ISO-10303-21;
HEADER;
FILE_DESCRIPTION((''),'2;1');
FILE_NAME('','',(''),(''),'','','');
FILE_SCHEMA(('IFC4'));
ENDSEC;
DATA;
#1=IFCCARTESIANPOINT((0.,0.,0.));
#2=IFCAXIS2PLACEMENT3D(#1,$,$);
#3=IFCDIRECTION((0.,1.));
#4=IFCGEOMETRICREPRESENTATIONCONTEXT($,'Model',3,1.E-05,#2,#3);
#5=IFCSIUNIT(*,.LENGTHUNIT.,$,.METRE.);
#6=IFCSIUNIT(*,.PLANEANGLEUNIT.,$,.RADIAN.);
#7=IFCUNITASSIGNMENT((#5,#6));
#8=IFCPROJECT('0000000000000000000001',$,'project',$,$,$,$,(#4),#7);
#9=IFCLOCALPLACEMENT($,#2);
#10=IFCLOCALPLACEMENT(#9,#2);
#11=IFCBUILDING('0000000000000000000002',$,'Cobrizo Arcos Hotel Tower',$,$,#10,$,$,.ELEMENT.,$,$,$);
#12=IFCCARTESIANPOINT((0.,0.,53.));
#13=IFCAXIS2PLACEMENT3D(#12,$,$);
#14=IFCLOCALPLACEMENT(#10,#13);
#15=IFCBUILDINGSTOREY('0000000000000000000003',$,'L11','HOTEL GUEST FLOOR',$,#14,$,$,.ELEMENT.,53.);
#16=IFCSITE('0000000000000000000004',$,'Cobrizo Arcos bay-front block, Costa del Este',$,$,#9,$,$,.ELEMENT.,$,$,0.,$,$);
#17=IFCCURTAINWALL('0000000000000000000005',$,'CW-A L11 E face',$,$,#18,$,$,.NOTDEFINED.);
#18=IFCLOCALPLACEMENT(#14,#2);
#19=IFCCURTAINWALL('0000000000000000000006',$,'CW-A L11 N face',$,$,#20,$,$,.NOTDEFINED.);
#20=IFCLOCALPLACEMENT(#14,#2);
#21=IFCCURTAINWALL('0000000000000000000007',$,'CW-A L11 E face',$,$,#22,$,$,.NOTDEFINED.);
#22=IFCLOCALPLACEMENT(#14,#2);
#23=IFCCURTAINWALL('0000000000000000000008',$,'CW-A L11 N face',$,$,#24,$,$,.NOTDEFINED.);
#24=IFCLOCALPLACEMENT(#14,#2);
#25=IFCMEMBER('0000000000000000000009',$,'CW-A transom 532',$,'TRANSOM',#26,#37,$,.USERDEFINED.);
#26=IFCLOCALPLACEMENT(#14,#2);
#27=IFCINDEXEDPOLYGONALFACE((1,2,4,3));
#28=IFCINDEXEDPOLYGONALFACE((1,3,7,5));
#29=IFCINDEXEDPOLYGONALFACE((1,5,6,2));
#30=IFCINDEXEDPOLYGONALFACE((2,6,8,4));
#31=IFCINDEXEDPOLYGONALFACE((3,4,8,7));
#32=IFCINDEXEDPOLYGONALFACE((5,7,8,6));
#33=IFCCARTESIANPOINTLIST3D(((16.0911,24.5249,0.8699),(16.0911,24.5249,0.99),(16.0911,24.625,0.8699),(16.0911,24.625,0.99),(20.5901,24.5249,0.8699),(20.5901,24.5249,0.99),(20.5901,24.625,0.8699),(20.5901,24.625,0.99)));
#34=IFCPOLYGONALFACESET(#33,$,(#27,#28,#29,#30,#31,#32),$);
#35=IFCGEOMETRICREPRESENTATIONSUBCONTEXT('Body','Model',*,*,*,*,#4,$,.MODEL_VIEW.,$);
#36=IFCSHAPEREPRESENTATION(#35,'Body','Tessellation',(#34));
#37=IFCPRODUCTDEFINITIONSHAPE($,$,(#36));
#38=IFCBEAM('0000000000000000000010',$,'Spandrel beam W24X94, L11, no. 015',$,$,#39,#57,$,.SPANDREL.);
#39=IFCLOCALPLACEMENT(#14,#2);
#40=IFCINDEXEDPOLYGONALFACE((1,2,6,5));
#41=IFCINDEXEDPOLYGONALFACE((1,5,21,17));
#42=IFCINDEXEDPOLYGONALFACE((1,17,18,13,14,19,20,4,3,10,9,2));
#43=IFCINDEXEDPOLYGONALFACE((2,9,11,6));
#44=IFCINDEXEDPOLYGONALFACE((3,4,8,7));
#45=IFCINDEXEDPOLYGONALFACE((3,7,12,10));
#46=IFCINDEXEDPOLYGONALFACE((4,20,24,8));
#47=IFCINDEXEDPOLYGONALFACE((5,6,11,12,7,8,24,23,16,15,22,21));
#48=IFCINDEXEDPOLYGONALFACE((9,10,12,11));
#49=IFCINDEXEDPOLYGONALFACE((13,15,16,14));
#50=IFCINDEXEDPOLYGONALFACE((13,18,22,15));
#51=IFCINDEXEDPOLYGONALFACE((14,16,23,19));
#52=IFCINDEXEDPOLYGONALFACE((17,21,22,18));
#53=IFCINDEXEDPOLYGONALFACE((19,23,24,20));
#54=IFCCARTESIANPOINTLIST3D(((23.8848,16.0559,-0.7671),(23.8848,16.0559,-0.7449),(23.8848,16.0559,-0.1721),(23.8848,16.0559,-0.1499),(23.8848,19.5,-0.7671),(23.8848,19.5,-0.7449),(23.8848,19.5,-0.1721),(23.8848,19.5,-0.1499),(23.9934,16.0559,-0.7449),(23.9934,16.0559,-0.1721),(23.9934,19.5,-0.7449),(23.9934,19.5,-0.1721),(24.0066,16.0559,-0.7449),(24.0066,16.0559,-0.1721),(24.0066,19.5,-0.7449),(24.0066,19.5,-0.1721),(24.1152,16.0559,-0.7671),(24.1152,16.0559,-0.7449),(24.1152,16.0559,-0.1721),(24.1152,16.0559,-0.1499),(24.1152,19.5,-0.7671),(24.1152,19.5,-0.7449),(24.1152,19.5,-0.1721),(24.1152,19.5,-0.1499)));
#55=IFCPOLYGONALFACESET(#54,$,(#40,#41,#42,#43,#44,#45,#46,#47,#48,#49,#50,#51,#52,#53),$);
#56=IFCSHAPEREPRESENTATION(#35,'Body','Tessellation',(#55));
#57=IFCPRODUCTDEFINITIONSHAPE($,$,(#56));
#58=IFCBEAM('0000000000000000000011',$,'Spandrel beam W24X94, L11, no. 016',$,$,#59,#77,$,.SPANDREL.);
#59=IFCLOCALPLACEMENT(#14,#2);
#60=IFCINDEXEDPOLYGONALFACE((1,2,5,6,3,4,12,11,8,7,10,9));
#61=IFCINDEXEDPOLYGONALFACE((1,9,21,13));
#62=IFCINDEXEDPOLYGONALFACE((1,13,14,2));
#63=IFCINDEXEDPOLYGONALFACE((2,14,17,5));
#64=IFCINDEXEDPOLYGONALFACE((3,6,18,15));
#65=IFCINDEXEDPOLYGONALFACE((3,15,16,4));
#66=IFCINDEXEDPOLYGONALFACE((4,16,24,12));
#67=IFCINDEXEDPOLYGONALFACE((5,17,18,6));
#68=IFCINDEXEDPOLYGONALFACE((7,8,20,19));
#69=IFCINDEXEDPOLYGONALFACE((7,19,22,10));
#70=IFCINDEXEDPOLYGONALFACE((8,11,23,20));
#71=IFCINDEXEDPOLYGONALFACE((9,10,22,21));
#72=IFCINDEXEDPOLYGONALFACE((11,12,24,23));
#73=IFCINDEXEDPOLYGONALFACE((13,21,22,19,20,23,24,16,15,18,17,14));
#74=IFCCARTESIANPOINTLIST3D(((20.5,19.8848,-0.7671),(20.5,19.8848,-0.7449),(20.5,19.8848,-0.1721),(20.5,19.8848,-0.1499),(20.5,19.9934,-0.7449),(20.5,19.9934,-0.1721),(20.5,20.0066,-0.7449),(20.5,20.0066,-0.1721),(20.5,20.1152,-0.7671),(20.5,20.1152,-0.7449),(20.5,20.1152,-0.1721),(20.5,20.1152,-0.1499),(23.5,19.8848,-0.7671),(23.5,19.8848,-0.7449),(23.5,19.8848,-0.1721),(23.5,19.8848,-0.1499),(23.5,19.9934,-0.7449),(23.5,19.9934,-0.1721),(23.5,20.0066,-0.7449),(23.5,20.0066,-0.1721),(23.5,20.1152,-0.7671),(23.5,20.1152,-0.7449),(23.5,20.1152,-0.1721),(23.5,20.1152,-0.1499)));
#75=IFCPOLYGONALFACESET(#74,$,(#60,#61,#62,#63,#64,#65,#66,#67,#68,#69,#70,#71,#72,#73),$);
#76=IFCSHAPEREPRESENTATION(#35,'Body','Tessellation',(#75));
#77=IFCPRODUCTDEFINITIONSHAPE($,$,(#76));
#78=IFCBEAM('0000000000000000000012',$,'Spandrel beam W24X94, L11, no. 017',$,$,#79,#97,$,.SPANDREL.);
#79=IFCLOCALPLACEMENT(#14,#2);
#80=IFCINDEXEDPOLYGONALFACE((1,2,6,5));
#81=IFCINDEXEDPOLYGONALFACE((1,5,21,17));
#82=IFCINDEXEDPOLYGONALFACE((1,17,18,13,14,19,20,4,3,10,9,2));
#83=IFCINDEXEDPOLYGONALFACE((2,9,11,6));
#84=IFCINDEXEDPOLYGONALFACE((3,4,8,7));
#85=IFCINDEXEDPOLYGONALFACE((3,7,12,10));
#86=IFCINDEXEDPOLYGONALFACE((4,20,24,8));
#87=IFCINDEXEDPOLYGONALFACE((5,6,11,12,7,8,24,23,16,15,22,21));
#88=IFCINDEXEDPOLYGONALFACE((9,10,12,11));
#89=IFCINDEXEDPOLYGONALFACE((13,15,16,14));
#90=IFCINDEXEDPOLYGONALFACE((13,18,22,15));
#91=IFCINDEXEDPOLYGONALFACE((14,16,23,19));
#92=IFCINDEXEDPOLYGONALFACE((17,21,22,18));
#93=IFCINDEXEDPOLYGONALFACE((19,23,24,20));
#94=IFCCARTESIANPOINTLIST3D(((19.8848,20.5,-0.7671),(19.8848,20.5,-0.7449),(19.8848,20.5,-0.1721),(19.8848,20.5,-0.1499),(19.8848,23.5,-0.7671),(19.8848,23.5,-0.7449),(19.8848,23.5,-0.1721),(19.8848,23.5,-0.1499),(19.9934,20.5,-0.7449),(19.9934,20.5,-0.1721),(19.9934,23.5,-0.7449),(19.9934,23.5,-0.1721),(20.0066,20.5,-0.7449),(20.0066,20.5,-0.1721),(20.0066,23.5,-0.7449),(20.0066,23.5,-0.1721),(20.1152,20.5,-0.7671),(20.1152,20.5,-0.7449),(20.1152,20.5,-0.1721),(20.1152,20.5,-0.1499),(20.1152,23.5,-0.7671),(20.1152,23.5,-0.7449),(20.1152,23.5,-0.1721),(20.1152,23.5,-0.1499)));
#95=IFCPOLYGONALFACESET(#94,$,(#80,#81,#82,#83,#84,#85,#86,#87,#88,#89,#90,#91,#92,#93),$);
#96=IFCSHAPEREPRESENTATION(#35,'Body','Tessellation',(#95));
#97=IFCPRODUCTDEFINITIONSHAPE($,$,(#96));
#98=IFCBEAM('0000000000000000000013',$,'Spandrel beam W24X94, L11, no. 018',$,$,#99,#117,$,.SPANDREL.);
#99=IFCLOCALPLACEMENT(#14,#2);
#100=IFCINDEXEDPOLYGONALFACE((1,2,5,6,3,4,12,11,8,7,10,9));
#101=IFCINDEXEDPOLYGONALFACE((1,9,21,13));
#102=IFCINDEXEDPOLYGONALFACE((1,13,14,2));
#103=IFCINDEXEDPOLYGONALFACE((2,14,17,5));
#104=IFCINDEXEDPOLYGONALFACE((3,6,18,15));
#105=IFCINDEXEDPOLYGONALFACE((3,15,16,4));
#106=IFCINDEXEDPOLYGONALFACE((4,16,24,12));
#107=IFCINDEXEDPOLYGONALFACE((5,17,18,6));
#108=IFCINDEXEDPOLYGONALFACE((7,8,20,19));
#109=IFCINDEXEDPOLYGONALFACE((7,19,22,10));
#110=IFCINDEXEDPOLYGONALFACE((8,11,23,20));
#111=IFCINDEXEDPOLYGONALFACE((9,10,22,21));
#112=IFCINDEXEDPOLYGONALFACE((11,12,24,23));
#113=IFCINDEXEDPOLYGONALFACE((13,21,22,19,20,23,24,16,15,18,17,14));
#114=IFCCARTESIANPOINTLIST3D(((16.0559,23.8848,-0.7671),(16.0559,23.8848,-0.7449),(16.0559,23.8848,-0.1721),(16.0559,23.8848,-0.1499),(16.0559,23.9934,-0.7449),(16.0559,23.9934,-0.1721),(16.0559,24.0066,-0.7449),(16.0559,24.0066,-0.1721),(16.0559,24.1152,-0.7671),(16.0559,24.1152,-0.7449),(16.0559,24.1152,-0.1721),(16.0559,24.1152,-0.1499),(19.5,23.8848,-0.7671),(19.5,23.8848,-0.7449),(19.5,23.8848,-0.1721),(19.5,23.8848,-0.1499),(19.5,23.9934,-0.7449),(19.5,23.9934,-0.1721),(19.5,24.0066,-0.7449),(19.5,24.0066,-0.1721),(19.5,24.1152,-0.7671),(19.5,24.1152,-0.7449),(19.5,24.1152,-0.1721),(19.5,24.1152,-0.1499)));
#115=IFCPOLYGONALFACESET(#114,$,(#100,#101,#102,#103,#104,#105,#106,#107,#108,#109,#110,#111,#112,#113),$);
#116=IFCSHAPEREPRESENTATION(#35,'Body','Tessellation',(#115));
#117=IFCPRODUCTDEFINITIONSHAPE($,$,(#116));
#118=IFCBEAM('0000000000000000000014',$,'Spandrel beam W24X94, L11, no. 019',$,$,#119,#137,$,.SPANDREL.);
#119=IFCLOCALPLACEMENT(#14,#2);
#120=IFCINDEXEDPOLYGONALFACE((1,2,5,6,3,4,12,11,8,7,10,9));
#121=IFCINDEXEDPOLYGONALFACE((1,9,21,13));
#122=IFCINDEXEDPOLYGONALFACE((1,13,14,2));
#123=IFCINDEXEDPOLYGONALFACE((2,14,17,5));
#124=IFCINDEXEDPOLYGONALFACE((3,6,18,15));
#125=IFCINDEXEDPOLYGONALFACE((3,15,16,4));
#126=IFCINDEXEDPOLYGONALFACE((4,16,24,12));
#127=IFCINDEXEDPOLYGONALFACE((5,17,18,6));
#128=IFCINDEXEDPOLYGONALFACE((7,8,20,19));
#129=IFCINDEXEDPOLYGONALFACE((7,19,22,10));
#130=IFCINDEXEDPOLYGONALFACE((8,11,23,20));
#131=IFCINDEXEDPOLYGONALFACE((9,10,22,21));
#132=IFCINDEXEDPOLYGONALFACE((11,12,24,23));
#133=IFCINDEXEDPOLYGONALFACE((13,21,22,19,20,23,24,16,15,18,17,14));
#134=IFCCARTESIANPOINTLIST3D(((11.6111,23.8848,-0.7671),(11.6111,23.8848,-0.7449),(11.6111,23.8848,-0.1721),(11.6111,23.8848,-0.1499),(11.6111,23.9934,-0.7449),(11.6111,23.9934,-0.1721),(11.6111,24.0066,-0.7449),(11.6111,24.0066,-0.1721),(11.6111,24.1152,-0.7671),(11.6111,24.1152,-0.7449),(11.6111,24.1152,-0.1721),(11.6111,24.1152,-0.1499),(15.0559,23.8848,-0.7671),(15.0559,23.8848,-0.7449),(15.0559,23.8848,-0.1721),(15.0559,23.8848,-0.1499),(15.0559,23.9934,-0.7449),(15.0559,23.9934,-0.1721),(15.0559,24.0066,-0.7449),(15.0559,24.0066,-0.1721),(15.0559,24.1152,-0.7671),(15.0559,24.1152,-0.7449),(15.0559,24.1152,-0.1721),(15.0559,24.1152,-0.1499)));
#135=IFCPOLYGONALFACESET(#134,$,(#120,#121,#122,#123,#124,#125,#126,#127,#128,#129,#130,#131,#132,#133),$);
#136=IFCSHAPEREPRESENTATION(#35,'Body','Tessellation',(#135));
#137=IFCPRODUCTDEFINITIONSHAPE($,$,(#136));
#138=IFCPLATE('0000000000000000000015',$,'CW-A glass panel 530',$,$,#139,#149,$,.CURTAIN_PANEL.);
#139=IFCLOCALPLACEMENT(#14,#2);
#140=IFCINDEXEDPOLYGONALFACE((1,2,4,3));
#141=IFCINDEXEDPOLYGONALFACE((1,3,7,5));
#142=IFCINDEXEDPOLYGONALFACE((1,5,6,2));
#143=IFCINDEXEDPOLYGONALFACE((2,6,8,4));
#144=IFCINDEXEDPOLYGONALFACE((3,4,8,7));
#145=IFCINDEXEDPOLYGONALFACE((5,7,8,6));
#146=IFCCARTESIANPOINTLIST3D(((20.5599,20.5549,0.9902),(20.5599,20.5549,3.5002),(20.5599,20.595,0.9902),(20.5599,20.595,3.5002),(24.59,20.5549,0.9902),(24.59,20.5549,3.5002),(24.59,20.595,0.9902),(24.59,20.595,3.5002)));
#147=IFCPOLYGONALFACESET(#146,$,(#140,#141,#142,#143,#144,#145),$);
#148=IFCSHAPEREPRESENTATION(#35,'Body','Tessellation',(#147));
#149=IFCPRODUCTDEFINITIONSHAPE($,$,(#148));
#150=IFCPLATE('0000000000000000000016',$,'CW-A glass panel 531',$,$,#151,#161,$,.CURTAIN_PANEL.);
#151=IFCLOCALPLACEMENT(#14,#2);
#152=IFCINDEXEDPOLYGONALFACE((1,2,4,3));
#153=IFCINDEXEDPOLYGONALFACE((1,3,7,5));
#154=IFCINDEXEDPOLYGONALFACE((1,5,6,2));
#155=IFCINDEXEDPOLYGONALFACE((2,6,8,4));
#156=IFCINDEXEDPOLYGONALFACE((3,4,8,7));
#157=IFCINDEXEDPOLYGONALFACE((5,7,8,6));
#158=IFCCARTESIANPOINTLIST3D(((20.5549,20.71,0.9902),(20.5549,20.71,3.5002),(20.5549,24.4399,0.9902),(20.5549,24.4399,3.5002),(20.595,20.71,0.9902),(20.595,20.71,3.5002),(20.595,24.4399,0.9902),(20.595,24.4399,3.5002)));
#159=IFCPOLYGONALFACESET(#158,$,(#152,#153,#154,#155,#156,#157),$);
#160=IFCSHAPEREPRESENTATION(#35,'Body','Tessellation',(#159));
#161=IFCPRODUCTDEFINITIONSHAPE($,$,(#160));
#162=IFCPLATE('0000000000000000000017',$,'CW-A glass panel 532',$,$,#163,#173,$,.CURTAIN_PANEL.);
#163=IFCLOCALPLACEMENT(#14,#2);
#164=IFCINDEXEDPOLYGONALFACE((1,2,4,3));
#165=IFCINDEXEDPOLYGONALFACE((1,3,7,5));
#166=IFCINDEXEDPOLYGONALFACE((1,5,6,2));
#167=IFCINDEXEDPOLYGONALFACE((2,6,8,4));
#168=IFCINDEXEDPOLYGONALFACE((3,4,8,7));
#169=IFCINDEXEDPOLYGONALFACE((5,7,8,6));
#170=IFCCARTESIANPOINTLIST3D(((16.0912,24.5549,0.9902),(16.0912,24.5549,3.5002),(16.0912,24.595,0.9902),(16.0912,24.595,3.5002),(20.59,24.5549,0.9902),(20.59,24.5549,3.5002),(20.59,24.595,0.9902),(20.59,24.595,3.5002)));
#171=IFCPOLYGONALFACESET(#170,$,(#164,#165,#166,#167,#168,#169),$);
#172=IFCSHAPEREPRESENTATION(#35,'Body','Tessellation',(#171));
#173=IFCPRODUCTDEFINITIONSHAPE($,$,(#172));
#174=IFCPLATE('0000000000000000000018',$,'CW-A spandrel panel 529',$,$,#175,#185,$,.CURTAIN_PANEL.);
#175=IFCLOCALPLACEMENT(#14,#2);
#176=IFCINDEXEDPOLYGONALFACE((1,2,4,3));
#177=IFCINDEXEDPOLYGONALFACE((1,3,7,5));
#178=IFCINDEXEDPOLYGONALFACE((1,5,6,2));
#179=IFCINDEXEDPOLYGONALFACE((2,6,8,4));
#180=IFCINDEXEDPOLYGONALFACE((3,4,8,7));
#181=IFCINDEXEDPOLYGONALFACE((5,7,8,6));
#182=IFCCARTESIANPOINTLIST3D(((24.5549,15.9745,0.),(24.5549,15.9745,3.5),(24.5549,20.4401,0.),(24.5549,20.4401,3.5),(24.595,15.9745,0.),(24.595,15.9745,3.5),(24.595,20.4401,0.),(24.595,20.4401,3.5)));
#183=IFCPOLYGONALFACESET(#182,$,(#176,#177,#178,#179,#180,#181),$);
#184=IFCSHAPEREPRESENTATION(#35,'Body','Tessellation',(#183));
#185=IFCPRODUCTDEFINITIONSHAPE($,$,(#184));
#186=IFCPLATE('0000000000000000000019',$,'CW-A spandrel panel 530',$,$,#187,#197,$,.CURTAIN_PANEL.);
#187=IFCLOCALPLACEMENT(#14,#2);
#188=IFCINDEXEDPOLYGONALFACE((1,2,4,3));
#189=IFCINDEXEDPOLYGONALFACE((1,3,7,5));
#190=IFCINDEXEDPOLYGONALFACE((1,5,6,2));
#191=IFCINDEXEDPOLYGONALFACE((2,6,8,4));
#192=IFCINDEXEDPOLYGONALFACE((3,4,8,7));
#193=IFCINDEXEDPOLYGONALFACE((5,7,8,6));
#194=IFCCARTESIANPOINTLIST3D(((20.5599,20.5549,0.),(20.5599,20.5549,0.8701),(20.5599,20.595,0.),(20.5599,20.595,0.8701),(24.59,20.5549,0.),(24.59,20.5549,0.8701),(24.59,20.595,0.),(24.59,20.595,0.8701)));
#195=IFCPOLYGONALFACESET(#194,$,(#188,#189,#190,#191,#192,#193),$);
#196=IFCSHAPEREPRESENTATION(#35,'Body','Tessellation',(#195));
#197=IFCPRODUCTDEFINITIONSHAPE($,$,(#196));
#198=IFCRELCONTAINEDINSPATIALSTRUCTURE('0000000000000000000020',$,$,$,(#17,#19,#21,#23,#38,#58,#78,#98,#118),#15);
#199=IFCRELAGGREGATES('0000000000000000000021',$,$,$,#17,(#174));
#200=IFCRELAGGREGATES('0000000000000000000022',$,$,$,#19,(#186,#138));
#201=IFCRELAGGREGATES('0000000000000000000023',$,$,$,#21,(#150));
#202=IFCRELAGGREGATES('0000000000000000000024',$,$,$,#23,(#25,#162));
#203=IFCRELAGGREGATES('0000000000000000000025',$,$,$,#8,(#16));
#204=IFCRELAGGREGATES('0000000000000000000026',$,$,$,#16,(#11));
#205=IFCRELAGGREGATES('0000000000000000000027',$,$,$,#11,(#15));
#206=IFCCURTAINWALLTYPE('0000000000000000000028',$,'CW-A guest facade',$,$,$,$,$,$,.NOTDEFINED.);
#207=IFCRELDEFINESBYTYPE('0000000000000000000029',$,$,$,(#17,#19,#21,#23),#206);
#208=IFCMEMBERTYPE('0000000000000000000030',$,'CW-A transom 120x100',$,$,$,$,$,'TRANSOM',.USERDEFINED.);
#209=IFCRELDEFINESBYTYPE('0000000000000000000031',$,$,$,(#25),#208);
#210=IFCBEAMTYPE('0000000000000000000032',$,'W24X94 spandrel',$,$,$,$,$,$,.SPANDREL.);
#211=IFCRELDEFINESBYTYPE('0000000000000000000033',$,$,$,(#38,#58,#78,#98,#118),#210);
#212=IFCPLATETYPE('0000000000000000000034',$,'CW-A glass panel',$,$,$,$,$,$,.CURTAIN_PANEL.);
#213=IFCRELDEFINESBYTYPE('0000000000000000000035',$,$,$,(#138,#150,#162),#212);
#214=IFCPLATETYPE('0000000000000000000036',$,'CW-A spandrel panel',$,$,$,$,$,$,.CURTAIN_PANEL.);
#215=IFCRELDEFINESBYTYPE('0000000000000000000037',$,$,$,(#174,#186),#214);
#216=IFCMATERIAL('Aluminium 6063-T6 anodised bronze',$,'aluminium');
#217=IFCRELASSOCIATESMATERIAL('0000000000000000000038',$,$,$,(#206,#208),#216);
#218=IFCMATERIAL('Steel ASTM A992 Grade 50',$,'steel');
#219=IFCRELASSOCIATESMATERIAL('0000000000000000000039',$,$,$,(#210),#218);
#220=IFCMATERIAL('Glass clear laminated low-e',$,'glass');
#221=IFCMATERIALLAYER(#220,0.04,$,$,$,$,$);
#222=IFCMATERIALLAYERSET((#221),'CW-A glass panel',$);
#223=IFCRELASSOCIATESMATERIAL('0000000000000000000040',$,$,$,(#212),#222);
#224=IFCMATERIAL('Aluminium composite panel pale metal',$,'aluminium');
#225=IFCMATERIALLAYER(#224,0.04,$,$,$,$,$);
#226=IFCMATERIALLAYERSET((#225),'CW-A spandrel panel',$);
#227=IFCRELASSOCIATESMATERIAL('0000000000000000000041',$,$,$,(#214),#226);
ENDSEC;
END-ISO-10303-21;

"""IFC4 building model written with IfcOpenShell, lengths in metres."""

from ifc_helpers import new_model, si_unit, direction, frame, origin, origin_2d, place, context, subcontext, project, spatial, rectangle, i_section, extrude, material, layer, layer_set, material_profile, profile_set, type_object, element, aggregate, save


model = new_model("IFC4")

# Units and contexts
model_context = context("Model", 3, precision=1e-05, world=origin(), true_north=direction((0.0, 1.0)))
body_context = subcontext(model_context, "Body", "Model", "MODEL_VIEW")
ifc_project = project(units=[si_unit("LENGTHUNIT", "METRE"), si_unit("PLANEANGLEUNIT", "RADIAN")], contexts=[model_context])

# Site, building, storey
site_placement = place(None, origin())
site = spatial("IfcSite", under=ifc_project, at=site_placement, Name="Cobrizo Arcos bay-front block, Costa del Este", CompositionType="ELEMENT", RefElevation=0.0)
building_placement = place(site_placement, origin())
building = spatial("IfcBuilding", under=site, at=building_placement, Name="Cobrizo Arcos Hotel Tower", CompositionType="ELEMENT")
storey_placement = place(building_placement, frame((0.0, 0.0, 53.0)))
storey = spatial("IfcBuildingStorey", under=building, at=storey_placement, Name="L11", Description="HOTEL GUEST FLOOR", CompositionType="ELEMENT", Elevation=53.0)

# Curtain walls
ifc_material_1 = material(Name="Aluminium 6063-T6 anodised bronze", Category="aluminium")
curtain_wall_type = type_object("IfcCurtainWallType", Name="CW-A guest facade", PredefinedType="NOTDEFINED", material=ifc_material_1)
curtain_wall_1_placement = place(storey_placement, origin())
curtain_wall_1 = element("IfcCurtainWall", 1, at=curtain_wall_1_placement, inside=storey, type_object=curtain_wall_type, Name="CW-A L11 E face", PredefinedType="NOTDEFINED")
curtain_wall_2_placement = place(storey_placement, origin())
curtain_wall_2 = element("IfcCurtainWall", 2, at=curtain_wall_2_placement, inside=storey, type_object=curtain_wall_type, Name="CW-A L11 N face", PredefinedType="NOTDEFINED")
curtain_wall_3_placement = place(storey_placement, origin())
curtain_wall_3 = element("IfcCurtainWall", 3, at=curtain_wall_3_placement, inside=storey, type_object=curtain_wall_type, Name="CW-A L11 E face", PredefinedType="NOTDEFINED")
curtain_wall_4_placement = place(storey_placement, origin())
curtain_wall_4 = element("IfcCurtainWall", 4, at=curtain_wall_4_placement, inside=storey, type_object=curtain_wall_type, Name="CW-A L11 N face", PredefinedType="NOTDEFINED")

# Member
ifc_material_profile_1 = material_profile(ifc_material_1, rectangle(XDim=0.1001, YDim=0.1201, at=origin_2d()), Name="CW-A transom 120x100")
ifc_profile_set_1 = profile_set([ifc_material_profile_1], Name="Aluminium 6063-T6 anodised bronze")
member_type_1 = type_object("IfcMemberType", Name="CW-A transom 120x100", ElementType="TRANSOM", PredefinedType="USERDEFINED", material=ifc_profile_set_1)
member_1_placement = place(storey_placement, frame((20.5901, 24.575, 0.9299), z_axis=(-1.0, 0.0, 0.0), x_axis=(0.0, -1.0, 0.0)))
member_1 = element("IfcMember", 5, at=member_1_placement, type_object=member_type_1, Name="CW-A transom 532", ObjectType="TRANSOM", PredefinedType="USERDEFINED", context=body_context, shape_type="SweptSolid", body=[
    extrude(rectangle(XDim=0.1001, YDim=0.1201, at=origin_2d()), origin(), (0.0, 0.0, 1.0), 4.499),
])

# Beams
ifc_material_2 = material(Name="Steel ASTM A992 Grade 50", Category="steel")
ifc_material_profile_2 = material_profile(ifc_material_2, i_section(OverallWidth=0.2305, OverallDepth=0.6172, WebThickness=0.0132, FlangeThickness=0.0222, at=origin_2d()), Name="W24X94")
ifc_profile_set_2 = profile_set([ifc_material_profile_2], Name="Steel ASTM A992 Grade 50")
beam_type = type_object("IfcBeamType", Name="W24X94 spandrel", PredefinedType="SPANDREL", material=ifc_profile_set_2)
beam_1_placement = place(storey_placement, frame((24.0, 16.0559, -0.4585), z_axis=(0.0, 1.0, 0.0), x_axis=(-1.0, 0.0, 0.0)))
element("IfcBeam", 6, at=beam_1_placement, inside=storey, type_object=beam_type, Name="Spandrel beam W24X94, L11, no. 015", PredefinedType="SPANDREL", context=body_context, shape_type="SweptSolid", body=[
    extrude(i_section(OverallWidth=0.2305, OverallDepth=0.6172, WebThickness=0.0132, FlangeThickness=0.0222, at=origin_2d()), origin(), (0.0, 0.0, 1.0), 3.4441),
])
for number, where, z_axis, x_axis, name in (
    (7, (23.5, 20.0, -0.4585), (-1.0, 0.0, 0.0), (0.0, -1.0, 0.0), "Spandrel beam W24X94, L11, no. 016"),
    (8, (20.0, 20.5, -0.4585), (0.0, 1.0, 0.0), (-1.0, 0.0, 0.0), "Spandrel beam W24X94, L11, no. 017"),
):
    element("IfcBeam", number, at=place(storey_placement, frame(where, z_axis=z_axis, x_axis=x_axis)), inside=storey, type_object=beam_type, Name=name, PredefinedType="SPANDREL", context=body_context, shape_type="SweptSolid", body=[
        extrude(i_section(OverallWidth=0.2305, OverallDepth=0.6172, WebThickness=0.0132, FlangeThickness=0.0222, at=origin_2d()), origin(), (0.0, 0.0, 1.0), 3.0),
    ])
beam_2_placement = place(storey_placement, frame((19.5, 24.0, -0.4585), z_axis=(-1.0, 0.0, 0.0), x_axis=(0.0, -1.0, 0.0)))
element("IfcBeam", 9, at=beam_2_placement, inside=storey, type_object=beam_type, Name="Spandrel beam W24X94, L11, no. 018", PredefinedType="SPANDREL", context=body_context, shape_type="SweptSolid", body=[
    extrude(i_section(OverallWidth=0.2305, OverallDepth=0.6172, WebThickness=0.0132, FlangeThickness=0.0222, at=origin_2d()), origin(), (0.0, 0.0, 1.0), 3.4441),
])
beam_3_placement = place(storey_placement, frame((15.0559, 24.0, -0.4585), z_axis=(-1.0, 0.0, 0.0), x_axis=(0.0, -1.0, 0.0)))
element("IfcBeam", 10, at=beam_3_placement, inside=storey, type_object=beam_type, Name="Spandrel beam W24X94, L11, no. 019", PredefinedType="SPANDREL", context=body_context, shape_type="SweptSolid", body=[
    extrude(i_section(OverallWidth=0.2305, OverallDepth=0.6172, WebThickness=0.0132, FlangeThickness=0.0222, at=origin_2d()), origin(), (0.0, 0.0, 1.0), 3.4448),
])

# Plates
ifc_material_3 = material(Name="Glass clear laminated low-e", Category="glass")
ifc_layer_1 = layer(ifc_material_3, 0.04)
ifc_layer_set_1 = layer_set([ifc_layer_1], Name="CW-A glass panel")
plate_type_1 = type_object("IfcPlateType", Name="CW-A glass panel", PredefinedType="CURTAIN_PANEL", material=ifc_layer_set_1)
plate_1_placement = place(storey_placement, frame((22.575, 20.575, 0.9902), z_axis=(0.0, 0.0, 1.0), x_axis=(-1.0, 0.0, 0.0)))
plate_1 = element("IfcPlate", 11, at=plate_1_placement, type_object=plate_type_1, Name="CW-A glass panel 530", PredefinedType="CURTAIN_PANEL", context=body_context, shape_type="SweptSolid", body=[
    extrude(rectangle(XDim=4.03, YDim=0.04, at=origin_2d()), origin(), (0.0, 0.0, 1.0), 2.51),
])
plate_2_placement = place(storey_placement, frame((20.575, 22.575, 0.9902), z_axis=(0.0, 0.0, 1.0), x_axis=(0.0, 1.0, 0.0)))
plate_2 = element("IfcPlate", 12, at=plate_2_placement, type_object=plate_type_1, Name="CW-A glass panel 531", PredefinedType="CURTAIN_PANEL", context=body_context, shape_type="SweptSolid", body=[
    extrude(rectangle(XDim=3.73, YDim=0.04, at=origin_2d()), origin(), (0.0, 0.0, 1.0), 2.51),
])
plate_3_placement = place(storey_placement, frame((18.3406, 24.575, 0.9902), z_axis=(0.0, 0.0, 1.0), x_axis=(-1.0, 0.0, 0.0)))
plate_3 = element("IfcPlate", 13, at=plate_3_placement, type_object=plate_type_1, Name="CW-A glass panel 532", PredefinedType="CURTAIN_PANEL", context=body_context, shape_type="SweptSolid", body=[
    extrude(rectangle(XDim=4.4988, YDim=0.04, at=origin_2d()), origin(), (0.0, 0.0, 1.0), 2.51),
])
ifc_material_4 = material(Name="Aluminium composite panel pale metal", Category="aluminium")
ifc_layer_2 = layer(ifc_material_4, 0.04)
ifc_layer_set_2 = layer_set([ifc_layer_2], Name="CW-A spandrel panel")
plate_type_2 = type_object("IfcPlateType", Name="CW-A spandrel panel", PredefinedType="CURTAIN_PANEL", material=ifc_layer_set_2)
plate_4_placement = place(storey_placement, frame((24.575, 18.2073, 0.0), z_axis=(0.0, 0.0, 1.0), x_axis=(0.0, 1.0, 0.0)))
plate_4 = element("IfcPlate", 14, at=plate_4_placement, type_object=plate_type_2, Name="CW-A spandrel panel 529", PredefinedType="CURTAIN_PANEL", context=body_context, shape_type="SweptSolid", body=[
    extrude(rectangle(XDim=4.4656, YDim=0.04, at=origin_2d()), origin(), (0.0, 0.0, 1.0), 3.5),
])
aggregate(curtain_wall_1, [plate_4])
plate_5_placement = place(storey_placement, frame((22.575, 20.575, 0.0), z_axis=(0.0, 0.0, 1.0), x_axis=(-1.0, 0.0, 0.0)))
plate_5 = element("IfcPlate", 15, at=plate_5_placement, type_object=plate_type_2, Name="CW-A spandrel panel 530", PredefinedType="CURTAIN_PANEL", context=body_context, shape_type="SweptSolid", body=[
    extrude(rectangle(XDim=4.03, YDim=0.04, at=origin_2d()), origin(), (0.0, 0.0, 1.0), 0.8701),
])
aggregate(curtain_wall_2, [plate_5, plate_1])
aggregate(curtain_wall_3, [plate_2])
aggregate(curtain_wall_4, [member_1, plate_3])

save(model, "model.ifc")
